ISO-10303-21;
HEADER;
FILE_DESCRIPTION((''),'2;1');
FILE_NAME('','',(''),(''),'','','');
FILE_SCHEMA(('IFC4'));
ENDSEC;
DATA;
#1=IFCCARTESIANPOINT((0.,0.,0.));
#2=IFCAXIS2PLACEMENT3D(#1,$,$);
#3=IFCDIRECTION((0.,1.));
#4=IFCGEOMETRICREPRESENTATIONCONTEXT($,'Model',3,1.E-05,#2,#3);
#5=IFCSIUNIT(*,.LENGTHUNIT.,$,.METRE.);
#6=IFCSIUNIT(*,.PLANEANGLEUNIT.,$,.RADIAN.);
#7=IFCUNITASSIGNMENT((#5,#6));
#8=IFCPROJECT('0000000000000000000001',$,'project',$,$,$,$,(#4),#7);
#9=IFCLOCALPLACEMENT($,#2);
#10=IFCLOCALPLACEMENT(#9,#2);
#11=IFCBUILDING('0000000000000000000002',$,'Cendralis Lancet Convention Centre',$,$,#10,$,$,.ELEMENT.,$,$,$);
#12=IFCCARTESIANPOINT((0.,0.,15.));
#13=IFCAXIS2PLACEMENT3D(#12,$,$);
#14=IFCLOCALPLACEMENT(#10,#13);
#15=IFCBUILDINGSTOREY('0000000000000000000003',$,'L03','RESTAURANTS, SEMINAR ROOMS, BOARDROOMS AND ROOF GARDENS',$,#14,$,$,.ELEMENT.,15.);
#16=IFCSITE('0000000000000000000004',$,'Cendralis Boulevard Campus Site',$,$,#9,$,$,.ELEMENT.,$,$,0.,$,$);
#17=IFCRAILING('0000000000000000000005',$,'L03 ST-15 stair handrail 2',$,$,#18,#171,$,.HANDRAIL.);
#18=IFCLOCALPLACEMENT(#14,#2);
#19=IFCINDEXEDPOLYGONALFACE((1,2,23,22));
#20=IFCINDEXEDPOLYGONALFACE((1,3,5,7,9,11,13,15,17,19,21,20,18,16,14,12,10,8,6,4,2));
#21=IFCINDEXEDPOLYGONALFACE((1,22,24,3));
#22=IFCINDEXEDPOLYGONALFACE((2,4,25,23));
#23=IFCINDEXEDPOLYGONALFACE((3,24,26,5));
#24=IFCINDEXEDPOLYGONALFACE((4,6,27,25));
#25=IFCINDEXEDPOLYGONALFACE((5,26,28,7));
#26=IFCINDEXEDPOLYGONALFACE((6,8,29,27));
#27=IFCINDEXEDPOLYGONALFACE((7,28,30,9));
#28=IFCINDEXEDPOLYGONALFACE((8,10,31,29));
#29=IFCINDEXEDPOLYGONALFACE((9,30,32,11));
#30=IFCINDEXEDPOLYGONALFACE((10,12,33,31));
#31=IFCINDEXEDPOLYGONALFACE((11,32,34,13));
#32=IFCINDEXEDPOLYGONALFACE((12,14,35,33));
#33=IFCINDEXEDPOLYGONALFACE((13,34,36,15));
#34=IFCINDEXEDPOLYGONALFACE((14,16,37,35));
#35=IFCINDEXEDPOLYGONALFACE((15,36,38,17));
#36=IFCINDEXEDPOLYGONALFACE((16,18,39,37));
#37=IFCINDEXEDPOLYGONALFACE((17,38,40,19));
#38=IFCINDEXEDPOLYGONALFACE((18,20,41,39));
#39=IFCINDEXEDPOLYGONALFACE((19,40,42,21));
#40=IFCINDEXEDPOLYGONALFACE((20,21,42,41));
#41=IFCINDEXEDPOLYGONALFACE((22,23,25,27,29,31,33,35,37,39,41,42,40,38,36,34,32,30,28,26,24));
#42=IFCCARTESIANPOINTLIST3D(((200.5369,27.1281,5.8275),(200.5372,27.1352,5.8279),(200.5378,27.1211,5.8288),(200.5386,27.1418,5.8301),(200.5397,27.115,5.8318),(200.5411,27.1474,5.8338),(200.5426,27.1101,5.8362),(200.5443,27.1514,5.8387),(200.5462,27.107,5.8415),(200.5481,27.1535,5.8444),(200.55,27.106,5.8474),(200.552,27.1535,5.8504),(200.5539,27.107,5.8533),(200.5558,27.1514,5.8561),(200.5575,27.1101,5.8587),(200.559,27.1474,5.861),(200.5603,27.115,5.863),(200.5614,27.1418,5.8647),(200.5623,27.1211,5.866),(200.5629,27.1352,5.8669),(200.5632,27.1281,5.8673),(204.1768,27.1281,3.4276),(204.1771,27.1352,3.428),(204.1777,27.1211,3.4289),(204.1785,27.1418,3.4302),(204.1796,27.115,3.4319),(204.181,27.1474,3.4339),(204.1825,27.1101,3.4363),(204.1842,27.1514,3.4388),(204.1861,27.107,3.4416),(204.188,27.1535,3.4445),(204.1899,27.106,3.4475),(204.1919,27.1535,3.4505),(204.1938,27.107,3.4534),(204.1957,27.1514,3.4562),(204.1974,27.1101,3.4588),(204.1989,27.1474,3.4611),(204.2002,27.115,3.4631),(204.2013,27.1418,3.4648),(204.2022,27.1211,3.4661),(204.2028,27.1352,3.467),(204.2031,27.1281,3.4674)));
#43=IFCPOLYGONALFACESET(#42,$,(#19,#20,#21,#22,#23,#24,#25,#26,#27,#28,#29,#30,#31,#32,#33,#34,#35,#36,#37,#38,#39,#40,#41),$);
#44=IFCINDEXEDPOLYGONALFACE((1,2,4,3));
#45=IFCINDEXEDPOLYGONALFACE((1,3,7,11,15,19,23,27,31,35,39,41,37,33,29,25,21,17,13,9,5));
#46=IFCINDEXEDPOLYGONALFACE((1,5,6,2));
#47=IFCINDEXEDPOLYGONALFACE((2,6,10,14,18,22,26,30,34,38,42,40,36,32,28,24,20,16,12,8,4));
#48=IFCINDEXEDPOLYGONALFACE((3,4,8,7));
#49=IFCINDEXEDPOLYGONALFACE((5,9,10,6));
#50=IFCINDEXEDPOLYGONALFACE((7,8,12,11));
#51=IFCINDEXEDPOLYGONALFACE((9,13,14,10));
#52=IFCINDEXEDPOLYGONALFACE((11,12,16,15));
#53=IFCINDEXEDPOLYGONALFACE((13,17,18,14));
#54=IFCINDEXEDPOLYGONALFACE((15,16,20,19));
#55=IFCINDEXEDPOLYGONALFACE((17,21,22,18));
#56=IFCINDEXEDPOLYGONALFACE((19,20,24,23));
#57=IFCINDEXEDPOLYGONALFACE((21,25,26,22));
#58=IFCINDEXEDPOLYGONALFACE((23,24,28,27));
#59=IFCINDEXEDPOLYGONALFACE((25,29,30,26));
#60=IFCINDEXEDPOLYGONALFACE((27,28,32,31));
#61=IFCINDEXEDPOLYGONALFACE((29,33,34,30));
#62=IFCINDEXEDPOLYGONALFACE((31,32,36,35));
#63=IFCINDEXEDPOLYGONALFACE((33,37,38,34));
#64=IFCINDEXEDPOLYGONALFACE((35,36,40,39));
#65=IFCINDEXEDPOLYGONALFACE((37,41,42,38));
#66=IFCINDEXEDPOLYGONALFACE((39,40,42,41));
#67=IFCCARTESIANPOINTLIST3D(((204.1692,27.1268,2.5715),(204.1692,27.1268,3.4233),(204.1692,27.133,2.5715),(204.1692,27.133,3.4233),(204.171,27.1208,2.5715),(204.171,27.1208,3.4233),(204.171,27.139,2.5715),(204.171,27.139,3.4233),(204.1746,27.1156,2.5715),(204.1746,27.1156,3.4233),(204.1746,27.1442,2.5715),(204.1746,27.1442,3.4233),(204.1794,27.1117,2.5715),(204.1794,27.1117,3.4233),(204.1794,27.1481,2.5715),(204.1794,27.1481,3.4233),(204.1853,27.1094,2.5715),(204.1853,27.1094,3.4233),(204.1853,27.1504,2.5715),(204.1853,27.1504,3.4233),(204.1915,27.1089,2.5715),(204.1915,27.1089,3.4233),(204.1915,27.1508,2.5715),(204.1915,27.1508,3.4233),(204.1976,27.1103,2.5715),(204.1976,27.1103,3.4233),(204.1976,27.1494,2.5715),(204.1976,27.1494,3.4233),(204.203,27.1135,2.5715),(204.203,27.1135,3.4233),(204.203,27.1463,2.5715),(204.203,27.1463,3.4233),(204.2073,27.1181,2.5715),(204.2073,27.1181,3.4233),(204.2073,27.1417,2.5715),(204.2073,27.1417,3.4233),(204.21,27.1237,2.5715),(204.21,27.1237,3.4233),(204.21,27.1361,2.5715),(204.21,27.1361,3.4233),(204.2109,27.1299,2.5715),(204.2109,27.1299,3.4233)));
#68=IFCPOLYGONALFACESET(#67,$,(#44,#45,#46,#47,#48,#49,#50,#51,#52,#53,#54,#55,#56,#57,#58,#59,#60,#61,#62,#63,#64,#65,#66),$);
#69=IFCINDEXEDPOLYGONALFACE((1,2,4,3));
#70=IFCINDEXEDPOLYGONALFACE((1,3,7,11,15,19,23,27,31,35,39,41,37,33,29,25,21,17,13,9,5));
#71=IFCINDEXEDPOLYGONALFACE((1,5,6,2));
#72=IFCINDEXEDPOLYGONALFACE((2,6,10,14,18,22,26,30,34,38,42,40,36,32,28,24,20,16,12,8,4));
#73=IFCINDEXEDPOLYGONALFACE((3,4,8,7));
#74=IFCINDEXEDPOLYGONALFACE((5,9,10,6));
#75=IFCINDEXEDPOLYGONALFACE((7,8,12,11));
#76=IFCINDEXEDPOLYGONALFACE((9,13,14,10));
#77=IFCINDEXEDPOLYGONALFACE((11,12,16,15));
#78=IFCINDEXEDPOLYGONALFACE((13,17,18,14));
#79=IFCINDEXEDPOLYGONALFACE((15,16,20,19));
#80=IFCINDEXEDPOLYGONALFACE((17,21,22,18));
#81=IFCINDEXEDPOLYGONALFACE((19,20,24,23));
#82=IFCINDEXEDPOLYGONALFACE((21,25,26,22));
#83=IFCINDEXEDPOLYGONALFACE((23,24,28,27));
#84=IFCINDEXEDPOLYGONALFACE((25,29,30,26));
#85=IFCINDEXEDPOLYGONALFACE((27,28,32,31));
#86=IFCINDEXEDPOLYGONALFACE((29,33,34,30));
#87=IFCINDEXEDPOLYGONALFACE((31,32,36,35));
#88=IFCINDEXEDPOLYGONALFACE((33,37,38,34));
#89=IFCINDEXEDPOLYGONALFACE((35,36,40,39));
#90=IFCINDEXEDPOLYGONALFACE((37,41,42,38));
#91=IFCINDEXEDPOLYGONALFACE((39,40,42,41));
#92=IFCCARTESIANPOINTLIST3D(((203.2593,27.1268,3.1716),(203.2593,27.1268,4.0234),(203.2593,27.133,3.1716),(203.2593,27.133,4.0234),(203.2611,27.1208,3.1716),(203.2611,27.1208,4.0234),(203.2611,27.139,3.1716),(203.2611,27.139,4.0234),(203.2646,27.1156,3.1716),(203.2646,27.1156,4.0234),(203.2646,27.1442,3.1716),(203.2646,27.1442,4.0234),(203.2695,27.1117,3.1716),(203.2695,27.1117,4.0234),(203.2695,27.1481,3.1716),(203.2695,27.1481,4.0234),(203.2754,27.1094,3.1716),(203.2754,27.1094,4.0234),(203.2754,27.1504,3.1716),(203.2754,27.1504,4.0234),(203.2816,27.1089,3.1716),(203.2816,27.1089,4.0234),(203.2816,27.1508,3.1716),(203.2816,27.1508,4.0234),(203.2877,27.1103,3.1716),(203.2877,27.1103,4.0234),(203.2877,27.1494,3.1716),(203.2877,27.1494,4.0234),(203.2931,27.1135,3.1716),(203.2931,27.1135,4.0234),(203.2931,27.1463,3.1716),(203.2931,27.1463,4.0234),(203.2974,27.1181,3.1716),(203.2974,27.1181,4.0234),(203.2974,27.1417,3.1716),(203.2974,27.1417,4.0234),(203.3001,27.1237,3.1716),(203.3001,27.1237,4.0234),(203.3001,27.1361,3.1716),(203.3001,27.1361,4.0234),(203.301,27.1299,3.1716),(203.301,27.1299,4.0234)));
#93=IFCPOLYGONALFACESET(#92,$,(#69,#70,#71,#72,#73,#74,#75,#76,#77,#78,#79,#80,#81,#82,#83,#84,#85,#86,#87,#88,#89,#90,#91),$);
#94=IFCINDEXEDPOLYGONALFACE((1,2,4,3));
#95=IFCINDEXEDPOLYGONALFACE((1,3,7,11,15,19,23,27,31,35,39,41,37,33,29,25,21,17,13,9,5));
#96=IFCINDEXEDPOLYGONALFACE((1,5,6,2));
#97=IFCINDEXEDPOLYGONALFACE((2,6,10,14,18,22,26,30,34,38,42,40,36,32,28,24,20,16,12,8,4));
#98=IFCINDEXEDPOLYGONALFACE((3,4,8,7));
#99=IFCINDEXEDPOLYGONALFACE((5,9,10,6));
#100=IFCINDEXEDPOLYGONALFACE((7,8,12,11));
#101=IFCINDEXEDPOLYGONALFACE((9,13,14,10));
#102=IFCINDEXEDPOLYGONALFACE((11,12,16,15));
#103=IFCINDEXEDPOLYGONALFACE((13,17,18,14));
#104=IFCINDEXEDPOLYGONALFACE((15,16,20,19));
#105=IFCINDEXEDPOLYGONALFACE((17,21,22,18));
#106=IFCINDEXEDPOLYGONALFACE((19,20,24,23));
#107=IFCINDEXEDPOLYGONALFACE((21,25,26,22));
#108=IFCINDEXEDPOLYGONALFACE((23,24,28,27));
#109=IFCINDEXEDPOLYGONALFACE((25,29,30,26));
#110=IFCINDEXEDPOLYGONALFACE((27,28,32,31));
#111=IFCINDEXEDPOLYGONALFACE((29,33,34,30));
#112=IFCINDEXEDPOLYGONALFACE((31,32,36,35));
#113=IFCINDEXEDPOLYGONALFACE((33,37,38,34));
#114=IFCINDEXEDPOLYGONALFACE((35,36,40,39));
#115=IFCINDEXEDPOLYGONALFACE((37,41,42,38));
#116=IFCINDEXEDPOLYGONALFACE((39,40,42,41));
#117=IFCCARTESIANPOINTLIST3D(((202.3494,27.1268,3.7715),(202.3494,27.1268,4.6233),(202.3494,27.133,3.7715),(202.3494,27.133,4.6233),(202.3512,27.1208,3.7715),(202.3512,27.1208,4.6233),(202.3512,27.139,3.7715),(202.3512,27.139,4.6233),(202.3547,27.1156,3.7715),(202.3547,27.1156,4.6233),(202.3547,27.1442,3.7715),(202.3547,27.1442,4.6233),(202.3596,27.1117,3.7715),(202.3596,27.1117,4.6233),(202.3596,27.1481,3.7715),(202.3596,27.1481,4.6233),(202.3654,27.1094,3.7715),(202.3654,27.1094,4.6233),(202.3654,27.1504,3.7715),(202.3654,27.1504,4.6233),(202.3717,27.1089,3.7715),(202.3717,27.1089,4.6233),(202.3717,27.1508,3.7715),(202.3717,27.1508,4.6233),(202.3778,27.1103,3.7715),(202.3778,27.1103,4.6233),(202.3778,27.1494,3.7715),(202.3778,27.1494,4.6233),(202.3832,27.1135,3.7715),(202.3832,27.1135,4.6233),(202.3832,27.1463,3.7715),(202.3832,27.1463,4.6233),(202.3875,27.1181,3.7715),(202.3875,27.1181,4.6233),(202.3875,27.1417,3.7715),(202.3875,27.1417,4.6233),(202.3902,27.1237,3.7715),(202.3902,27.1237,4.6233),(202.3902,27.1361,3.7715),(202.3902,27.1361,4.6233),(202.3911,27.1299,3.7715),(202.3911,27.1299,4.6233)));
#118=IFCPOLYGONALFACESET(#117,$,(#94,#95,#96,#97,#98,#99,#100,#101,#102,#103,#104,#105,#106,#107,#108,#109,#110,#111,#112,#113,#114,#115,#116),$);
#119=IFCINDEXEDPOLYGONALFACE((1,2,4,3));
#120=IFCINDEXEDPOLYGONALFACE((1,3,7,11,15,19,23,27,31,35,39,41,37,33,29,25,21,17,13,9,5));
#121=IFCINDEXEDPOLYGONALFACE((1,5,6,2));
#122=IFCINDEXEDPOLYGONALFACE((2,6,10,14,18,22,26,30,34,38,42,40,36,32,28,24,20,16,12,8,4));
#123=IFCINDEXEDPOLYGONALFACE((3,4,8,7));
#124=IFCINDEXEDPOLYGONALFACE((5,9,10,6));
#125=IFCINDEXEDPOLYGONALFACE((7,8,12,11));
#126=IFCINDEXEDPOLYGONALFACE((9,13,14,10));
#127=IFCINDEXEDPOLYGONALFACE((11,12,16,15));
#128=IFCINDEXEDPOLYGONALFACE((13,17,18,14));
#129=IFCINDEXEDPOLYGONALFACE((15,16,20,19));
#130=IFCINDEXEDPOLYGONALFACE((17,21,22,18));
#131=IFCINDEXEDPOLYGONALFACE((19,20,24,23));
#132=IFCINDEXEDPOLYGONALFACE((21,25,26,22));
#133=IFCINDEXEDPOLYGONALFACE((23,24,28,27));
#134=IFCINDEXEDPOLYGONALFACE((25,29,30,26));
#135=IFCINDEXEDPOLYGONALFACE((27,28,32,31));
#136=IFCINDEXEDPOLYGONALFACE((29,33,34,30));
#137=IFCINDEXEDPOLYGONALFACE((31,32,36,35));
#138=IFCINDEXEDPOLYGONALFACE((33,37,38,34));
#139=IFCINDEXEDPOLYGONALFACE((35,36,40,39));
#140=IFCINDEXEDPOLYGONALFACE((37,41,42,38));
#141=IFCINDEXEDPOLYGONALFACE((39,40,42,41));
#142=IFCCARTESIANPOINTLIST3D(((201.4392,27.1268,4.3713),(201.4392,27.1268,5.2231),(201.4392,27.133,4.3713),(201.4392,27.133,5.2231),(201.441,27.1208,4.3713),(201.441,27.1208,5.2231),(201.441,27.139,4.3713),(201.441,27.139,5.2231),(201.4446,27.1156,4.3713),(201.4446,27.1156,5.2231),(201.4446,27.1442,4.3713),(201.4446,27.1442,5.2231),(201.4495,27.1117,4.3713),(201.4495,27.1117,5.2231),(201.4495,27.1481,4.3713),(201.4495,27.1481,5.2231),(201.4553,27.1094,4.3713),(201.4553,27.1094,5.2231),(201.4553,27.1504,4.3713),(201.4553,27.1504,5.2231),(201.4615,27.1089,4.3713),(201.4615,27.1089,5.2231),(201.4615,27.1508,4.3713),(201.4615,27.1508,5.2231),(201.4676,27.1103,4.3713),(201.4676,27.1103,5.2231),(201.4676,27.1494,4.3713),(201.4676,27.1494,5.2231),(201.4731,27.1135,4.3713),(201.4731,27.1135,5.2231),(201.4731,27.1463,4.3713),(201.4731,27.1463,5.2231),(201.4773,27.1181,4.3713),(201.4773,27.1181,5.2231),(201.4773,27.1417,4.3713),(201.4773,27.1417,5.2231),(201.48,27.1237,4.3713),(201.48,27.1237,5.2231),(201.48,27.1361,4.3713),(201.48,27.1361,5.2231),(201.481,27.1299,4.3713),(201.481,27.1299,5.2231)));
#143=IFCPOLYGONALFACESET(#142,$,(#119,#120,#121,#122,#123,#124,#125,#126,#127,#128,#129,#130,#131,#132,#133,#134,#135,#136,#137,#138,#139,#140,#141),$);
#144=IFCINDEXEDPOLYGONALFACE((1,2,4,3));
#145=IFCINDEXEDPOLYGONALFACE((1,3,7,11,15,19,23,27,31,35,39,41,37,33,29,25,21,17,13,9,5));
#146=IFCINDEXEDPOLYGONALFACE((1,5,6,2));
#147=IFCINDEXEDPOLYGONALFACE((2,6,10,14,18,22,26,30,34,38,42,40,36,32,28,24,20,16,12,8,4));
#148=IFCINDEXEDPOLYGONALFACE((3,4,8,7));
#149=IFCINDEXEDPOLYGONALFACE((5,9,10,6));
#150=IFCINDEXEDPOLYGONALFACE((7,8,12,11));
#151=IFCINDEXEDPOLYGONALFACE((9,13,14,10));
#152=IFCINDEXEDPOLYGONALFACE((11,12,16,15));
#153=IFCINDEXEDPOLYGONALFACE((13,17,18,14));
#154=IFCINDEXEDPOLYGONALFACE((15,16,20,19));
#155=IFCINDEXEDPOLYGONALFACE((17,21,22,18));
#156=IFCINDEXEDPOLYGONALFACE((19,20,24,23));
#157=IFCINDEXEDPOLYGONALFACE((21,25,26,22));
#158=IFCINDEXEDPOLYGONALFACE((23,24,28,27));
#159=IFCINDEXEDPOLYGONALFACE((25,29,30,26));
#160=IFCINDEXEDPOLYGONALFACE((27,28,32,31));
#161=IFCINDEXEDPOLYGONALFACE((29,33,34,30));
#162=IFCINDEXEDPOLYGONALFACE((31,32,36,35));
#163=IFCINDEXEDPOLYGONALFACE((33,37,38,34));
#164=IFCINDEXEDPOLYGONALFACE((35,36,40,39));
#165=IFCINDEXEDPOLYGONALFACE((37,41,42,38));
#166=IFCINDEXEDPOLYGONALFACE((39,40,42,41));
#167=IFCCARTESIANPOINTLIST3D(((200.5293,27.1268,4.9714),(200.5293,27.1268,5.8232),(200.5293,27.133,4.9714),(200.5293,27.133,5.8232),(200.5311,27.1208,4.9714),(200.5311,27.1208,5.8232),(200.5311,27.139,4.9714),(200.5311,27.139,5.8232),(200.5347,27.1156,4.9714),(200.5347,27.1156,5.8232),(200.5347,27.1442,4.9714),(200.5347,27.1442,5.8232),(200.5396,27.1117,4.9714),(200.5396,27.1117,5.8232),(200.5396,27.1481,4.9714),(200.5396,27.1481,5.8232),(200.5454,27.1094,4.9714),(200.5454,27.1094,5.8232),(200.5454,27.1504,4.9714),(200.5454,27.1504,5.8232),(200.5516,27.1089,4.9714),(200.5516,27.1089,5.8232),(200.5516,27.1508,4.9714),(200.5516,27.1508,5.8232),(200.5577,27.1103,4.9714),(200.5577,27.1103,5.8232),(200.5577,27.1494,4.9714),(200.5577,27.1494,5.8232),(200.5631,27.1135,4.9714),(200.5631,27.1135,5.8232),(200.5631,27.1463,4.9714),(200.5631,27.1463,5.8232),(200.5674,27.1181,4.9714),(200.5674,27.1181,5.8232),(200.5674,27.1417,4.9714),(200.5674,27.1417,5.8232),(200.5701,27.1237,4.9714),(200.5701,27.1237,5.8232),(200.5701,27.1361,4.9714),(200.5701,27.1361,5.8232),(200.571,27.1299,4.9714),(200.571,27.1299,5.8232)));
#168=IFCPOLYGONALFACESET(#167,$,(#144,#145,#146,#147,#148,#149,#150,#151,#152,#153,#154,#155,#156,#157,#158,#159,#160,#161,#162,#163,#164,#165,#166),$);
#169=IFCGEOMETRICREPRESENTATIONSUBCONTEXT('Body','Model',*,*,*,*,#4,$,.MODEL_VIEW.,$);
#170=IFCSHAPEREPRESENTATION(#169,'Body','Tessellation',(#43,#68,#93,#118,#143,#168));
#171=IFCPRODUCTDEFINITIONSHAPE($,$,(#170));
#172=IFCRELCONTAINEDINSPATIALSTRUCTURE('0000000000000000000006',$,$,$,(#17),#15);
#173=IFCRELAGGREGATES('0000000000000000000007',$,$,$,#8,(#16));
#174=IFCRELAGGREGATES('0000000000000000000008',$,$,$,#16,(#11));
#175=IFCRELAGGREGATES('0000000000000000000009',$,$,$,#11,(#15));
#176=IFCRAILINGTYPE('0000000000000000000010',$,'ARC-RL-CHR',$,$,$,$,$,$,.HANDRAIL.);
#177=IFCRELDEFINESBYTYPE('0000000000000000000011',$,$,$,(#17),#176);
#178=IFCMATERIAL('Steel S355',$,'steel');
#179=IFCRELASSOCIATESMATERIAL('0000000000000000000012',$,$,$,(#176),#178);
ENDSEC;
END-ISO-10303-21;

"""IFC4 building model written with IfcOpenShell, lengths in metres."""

from ifc_helpers import new_model, si_unit, direction, frame, origin, origin_2d, place, context, subcontext, project, spatial, circle, extrude, material, type_object, element, save


model = new_model("IFC4")

# Units and contexts
model_context = context("Model", 3, precision=1e-05, world=origin(), true_north=direction((0.0, 1.0)))
body_context = subcontext(model_context, "Body", "Model", "MODEL_VIEW")
ifc_project = project(units=[si_unit("LENGTHUNIT", "METRE"), si_unit("PLANEANGLEUNIT", "RADIAN")], contexts=[model_context])

# Site, building, storey
site_placement = place(None, origin())
site = spatial("IfcSite", under=ifc_project, at=site_placement, Name="Cendralis Boulevard Campus Site", CompositionType="ELEMENT", RefElevation=0.0)
building_placement = place(site_placement, origin())
building = spatial("IfcBuilding", under=site, at=building_placement, Name="Cendralis Lancet Convention Centre", CompositionType="ELEMENT")
storey_placement = place(building_placement, frame((0.0, 0.0, 15.0)))
storey = spatial("IfcBuildingStorey", under=building, at=storey_placement, Name="L03", Description="RESTAURANTS, SEMINAR ROOMS, BOARDROOMS AND ROOF GARDENS", CompositionType="ELEMENT", Elevation=15.0)

# Shared definitions
ifc_material_1 = material(Name="Steel S355", Category="steel")

# Railing
railing_type_1 = type_object("IfcRailingType", Name="ARC-RL-CHR", PredefinedType="HANDRAIL", material=ifc_material_1)
railing_1_placement = place(storey_placement, frame((204.1899, 27.1299, 2.5715)))
element("IfcRailing", 1, at=railing_1_placement, inside=storey, type_object=railing_type_1, Name="L03 ST-15 stair handrail 2", PredefinedType="HANDRAIL", context=body_context, shape_type="SweptSolid", body=[
    extrude(circle(Radius=0.0239, at=origin_2d()), frame((0.0, 0.0, 0.876), z_axis=(-0.834865, 0.0, 0.550454), x_axis=(0.0, -1.0, 0.0)), (0.0, 0.0, 1.0), 4.3599),
    extrude(circle(Radius=0.021, at=origin_2d()), origin(), (0.0, 0.0, 1.0), 0.8518),
    extrude(circle(Radius=0.021, at=origin_2d()), frame((-0.9099, 0.0, 0.6001)), (0.0, 0.0, 1.0), 0.8518),
    extrude(circle(Radius=0.021, at=origin_2d()), frame((-1.8198, 0.0, 1.2)), (0.0, 0.0, 1.0), 0.8518),
    extrude(circle(Radius=0.021, at=origin_2d()), frame((-2.73, 0.0, 1.7998)), (0.0, 0.0, 1.0), 0.8518),
    extrude(circle(Radius=0.021, at=origin_2d()), frame((-3.6399, 0.0, 2.3999)), (0.0, 0.0, 1.0), 0.8518),
])

save(model, "model.ifc")
